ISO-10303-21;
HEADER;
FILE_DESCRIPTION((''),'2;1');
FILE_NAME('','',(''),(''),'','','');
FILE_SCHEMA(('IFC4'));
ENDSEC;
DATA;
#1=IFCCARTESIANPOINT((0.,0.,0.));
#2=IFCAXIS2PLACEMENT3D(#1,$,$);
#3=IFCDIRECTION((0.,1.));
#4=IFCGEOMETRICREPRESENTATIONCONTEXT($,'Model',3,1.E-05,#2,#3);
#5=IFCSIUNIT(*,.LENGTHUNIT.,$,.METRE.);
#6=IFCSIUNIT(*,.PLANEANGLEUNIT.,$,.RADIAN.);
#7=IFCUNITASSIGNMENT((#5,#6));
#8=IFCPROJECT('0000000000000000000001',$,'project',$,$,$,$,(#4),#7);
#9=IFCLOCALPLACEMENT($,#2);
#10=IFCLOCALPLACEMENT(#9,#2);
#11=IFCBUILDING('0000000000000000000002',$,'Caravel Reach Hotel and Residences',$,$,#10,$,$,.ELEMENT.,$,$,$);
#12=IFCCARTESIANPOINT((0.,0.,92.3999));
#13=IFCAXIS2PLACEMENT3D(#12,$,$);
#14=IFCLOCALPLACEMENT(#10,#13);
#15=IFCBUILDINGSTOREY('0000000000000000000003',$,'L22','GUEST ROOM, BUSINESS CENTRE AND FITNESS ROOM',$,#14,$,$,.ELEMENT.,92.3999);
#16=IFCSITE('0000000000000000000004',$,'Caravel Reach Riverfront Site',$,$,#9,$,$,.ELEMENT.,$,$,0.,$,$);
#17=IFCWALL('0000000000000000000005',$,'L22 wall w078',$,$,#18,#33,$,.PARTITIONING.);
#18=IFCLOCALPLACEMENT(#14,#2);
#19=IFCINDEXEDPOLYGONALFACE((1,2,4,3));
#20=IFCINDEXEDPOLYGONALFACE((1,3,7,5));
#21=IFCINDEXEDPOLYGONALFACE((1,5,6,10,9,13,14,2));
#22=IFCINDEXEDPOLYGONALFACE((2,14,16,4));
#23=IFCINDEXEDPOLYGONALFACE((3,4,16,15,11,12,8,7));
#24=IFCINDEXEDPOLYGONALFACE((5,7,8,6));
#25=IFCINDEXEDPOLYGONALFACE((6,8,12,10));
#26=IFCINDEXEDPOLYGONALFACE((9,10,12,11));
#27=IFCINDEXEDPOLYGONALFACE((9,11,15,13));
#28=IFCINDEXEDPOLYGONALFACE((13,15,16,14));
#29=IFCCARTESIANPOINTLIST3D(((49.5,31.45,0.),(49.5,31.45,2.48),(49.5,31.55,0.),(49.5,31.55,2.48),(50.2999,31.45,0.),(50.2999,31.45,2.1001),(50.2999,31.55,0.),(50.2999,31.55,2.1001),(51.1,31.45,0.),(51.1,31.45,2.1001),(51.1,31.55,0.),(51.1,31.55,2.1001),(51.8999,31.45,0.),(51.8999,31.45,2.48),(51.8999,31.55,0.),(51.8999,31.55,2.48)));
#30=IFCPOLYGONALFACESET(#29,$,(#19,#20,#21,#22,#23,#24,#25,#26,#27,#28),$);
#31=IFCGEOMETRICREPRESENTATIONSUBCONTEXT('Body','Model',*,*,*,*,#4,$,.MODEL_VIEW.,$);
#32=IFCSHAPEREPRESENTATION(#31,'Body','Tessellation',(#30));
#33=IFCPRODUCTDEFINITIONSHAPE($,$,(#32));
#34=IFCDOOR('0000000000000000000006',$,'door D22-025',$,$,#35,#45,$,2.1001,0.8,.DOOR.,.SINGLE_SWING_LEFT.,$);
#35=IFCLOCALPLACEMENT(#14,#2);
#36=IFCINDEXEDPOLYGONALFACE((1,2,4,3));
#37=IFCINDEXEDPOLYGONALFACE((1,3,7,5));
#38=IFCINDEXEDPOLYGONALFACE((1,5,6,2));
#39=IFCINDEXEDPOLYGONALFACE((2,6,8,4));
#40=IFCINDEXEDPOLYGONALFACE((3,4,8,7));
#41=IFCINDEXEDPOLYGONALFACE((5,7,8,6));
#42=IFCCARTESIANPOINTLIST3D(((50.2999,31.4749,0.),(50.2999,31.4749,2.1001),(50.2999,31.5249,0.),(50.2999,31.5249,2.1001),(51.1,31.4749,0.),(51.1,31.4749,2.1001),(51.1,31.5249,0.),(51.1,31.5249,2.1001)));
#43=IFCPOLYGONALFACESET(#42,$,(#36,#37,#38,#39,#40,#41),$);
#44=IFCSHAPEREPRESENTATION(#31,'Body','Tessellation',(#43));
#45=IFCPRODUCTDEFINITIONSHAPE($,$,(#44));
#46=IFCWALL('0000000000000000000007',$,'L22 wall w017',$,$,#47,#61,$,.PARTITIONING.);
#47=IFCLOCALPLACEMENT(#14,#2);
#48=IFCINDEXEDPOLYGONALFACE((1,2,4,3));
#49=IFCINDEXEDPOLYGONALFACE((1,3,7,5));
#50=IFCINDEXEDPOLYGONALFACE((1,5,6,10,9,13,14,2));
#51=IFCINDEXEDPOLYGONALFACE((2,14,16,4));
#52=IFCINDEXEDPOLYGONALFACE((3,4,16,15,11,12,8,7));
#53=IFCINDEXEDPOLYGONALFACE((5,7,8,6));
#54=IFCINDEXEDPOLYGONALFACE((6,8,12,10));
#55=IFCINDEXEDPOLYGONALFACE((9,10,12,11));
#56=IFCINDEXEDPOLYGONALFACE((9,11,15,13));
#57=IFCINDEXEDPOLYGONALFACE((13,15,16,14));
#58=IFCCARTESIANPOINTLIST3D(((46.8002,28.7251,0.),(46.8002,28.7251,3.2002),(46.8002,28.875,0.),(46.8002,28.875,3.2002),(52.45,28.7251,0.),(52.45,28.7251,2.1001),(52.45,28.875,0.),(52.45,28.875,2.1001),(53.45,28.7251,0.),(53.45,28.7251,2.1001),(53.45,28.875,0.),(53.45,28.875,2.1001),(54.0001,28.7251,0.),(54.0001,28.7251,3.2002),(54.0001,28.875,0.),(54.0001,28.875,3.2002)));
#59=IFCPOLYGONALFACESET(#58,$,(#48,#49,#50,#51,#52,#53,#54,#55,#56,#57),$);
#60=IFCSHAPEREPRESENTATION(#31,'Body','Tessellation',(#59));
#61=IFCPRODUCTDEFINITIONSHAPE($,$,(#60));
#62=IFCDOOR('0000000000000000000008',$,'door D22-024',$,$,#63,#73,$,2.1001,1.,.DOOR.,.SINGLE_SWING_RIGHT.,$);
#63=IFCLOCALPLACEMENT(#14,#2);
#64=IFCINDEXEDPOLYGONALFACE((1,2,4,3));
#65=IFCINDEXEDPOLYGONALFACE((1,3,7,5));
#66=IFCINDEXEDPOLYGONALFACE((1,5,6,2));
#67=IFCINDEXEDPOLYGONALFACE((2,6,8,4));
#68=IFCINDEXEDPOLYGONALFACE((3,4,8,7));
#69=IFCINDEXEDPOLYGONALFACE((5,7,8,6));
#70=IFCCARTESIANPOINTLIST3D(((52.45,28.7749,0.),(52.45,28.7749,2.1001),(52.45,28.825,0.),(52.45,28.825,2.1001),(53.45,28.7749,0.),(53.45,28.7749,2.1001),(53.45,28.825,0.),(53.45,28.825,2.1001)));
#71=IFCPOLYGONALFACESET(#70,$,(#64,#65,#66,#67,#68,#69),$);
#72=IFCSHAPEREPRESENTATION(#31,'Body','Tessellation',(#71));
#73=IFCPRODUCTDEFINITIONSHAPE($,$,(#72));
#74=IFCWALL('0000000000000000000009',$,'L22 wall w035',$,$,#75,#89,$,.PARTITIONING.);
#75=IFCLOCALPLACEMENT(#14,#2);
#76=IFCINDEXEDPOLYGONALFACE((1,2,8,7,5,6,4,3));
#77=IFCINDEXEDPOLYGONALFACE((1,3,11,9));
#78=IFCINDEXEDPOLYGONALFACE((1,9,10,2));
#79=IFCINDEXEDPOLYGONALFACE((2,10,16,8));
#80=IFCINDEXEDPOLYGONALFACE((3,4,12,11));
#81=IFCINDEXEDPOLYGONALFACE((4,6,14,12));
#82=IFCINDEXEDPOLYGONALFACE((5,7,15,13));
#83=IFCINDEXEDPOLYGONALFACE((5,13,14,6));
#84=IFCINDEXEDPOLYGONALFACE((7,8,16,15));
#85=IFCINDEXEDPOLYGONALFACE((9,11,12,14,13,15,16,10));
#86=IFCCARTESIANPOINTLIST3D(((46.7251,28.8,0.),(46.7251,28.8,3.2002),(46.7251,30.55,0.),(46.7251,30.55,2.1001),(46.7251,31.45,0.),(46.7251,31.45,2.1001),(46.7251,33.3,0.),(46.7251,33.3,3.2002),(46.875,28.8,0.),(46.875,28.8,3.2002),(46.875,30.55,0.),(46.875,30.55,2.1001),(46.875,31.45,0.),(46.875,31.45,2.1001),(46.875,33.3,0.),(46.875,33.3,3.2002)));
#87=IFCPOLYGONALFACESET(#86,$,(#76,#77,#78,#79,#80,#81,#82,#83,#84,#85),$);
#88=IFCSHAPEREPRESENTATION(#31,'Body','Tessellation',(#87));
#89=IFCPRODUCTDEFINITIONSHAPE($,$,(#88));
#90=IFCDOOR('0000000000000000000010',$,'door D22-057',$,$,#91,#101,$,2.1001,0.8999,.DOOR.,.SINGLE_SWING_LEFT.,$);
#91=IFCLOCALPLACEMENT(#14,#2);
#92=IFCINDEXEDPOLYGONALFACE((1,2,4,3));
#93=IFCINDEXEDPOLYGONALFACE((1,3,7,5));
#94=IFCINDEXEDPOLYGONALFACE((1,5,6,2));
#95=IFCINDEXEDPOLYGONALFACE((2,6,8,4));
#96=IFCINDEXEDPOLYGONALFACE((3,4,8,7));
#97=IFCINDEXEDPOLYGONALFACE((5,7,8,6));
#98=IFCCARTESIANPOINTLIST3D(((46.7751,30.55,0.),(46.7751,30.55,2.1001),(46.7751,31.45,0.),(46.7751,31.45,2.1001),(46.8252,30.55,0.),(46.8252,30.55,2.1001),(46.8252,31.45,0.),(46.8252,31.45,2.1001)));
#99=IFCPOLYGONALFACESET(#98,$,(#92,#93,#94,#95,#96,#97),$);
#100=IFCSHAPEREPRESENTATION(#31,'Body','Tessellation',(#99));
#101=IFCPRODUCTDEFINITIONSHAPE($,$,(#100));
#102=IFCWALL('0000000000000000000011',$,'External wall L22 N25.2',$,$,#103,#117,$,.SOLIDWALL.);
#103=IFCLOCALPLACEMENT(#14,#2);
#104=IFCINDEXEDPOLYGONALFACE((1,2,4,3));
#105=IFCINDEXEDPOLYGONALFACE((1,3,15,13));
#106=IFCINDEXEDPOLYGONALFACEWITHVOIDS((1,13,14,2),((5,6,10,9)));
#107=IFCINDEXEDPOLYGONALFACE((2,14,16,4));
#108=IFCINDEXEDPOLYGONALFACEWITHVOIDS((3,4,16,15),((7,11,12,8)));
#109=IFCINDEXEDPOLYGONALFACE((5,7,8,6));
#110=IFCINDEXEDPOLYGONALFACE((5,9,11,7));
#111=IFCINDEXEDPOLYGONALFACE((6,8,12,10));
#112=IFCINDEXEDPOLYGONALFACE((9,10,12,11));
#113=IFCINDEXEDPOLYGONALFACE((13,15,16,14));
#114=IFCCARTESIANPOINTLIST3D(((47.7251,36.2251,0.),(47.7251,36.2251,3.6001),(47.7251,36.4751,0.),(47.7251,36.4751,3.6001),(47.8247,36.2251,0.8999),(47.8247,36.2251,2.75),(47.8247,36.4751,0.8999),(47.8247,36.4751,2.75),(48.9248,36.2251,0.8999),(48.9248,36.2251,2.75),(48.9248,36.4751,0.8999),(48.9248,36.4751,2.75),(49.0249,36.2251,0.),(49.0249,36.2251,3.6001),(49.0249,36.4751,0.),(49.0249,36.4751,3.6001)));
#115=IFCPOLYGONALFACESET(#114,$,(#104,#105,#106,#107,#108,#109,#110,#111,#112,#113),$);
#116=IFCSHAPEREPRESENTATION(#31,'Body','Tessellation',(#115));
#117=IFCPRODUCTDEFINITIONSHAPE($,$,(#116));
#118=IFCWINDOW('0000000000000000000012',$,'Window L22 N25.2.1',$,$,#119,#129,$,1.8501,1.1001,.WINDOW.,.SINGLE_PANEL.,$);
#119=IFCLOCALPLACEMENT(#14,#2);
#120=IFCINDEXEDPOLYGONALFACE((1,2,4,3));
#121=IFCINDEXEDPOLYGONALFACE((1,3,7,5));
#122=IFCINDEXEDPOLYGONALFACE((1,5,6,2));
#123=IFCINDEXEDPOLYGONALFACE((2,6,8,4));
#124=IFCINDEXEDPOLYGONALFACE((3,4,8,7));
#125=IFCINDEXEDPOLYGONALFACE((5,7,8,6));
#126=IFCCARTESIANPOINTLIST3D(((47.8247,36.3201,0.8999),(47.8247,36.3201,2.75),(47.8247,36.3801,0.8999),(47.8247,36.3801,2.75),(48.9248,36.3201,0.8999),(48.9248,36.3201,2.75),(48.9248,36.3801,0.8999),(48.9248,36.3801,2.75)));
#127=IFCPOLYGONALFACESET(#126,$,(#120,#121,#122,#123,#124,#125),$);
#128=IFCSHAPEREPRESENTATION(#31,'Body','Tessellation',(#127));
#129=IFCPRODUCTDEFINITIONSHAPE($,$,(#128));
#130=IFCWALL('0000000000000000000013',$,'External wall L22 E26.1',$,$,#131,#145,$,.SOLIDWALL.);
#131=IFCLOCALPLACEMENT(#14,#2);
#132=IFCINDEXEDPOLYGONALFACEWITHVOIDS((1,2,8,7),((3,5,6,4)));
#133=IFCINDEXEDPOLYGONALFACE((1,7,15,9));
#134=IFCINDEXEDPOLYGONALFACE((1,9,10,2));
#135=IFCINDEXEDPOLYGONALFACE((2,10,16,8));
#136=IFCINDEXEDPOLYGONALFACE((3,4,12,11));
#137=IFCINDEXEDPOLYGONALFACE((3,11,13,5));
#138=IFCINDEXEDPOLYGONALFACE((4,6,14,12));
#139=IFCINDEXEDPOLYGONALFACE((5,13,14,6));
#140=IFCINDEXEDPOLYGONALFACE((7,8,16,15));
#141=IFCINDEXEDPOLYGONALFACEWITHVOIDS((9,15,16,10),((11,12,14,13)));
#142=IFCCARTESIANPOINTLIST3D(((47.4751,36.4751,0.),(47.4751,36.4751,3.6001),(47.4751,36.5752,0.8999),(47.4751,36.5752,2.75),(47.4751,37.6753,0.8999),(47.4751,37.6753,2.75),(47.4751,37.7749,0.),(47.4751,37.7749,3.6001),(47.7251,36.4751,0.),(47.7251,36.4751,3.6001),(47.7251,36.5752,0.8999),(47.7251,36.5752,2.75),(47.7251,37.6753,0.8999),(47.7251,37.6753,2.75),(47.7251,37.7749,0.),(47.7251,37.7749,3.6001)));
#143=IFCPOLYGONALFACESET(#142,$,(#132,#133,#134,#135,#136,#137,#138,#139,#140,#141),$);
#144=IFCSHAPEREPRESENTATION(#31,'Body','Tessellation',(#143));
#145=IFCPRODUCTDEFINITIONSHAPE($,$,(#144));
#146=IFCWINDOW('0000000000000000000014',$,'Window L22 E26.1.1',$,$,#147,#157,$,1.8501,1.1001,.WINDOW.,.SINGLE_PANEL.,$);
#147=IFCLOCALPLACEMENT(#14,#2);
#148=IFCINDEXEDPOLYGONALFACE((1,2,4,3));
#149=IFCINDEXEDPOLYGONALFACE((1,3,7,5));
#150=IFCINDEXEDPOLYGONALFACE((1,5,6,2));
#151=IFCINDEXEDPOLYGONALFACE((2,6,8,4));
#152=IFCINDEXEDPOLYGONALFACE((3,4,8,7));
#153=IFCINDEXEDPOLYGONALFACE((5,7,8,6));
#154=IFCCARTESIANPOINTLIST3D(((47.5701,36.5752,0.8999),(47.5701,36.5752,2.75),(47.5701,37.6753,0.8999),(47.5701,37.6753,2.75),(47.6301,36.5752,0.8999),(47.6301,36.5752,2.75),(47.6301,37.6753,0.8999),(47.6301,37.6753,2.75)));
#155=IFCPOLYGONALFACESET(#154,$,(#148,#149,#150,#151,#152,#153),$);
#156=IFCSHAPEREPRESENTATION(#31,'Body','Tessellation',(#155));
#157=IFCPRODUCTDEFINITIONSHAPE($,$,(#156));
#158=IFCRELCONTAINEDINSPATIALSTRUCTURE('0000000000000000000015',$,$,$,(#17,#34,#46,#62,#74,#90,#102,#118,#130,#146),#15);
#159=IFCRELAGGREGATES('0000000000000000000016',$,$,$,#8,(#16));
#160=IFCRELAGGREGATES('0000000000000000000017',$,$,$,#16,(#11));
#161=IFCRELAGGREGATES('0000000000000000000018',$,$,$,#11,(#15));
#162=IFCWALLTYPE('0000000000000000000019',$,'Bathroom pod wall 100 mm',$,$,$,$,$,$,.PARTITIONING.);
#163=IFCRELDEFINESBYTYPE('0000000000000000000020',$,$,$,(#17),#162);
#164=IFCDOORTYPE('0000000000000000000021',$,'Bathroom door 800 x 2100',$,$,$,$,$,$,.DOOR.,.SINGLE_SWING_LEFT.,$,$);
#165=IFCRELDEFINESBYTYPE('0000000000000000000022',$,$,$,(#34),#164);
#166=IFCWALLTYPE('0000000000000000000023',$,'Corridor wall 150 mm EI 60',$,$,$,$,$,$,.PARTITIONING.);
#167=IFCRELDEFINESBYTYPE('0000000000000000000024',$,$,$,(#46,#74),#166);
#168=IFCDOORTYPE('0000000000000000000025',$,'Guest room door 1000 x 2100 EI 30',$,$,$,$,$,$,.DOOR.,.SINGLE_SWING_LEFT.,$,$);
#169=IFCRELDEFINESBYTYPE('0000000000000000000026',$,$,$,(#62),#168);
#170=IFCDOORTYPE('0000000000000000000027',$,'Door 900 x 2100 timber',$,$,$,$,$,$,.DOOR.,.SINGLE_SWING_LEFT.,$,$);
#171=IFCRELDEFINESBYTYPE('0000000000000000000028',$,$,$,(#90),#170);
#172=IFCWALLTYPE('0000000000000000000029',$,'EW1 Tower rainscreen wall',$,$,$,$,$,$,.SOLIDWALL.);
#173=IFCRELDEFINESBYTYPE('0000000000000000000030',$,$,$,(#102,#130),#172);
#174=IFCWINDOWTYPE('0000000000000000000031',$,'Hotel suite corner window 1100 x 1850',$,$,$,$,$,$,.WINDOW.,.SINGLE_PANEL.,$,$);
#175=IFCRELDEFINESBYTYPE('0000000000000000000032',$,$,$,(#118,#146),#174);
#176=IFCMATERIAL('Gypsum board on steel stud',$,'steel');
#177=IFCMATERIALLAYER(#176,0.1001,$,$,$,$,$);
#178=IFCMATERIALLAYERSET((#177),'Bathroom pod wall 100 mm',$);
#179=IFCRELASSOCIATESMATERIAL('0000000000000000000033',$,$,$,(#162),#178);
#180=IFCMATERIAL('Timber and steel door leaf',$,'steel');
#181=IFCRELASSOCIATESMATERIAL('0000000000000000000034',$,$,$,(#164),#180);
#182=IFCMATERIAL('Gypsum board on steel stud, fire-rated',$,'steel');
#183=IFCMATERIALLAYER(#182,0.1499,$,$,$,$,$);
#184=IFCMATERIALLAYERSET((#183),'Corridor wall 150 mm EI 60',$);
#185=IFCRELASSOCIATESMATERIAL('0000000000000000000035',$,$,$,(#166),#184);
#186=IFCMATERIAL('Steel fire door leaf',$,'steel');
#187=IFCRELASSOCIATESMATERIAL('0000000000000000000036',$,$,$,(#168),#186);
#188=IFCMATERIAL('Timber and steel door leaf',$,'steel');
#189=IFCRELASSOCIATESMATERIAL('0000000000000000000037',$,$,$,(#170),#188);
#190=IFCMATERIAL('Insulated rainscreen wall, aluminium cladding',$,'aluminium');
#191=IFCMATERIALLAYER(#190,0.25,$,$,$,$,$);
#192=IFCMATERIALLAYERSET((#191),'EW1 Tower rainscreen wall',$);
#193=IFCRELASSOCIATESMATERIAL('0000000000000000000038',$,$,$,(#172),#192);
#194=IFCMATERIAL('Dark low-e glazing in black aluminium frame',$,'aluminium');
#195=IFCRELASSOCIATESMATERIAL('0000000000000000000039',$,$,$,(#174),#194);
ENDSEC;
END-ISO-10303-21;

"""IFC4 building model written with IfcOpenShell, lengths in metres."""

from ifc_helpers import new_model, si_unit, direction, frame, frame_2d, origin, place, context, subcontext, project, spatial, rectangle, extrude, material, layer, layer_set, type_object, element, fill, save


model = new_model("IFC4")

# Units and contexts
model_context = context("Model", 3, precision=1e-05, world=origin(), true_north=direction((0.0, 1.0)))
body_context = subcontext(model_context, "Body", "Model", "MODEL_VIEW")
ifc_project = project(units=[si_unit("LENGTHUNIT", "METRE"), si_unit("PLANEANGLEUNIT", "RADIAN")], contexts=[model_context])

# Site, building, storey
site_placement = place(None, origin())
site = spatial("IfcSite", under=ifc_project, at=site_placement, Name="Caravel Reach Riverfront Site", CompositionType="ELEMENT", RefElevation=0.0)
building_placement = place(site_placement, origin())
building = spatial("IfcBuilding", under=site, at=building_placement, Name="Caravel Reach Hotel and Residences", CompositionType="ELEMENT")
storey_placement = place(building_placement, frame((0.0, 0.0, 92.3999)))
storey = spatial("IfcBuildingStorey", under=building, at=storey_placement, Name="L22", Description="GUEST ROOM, BUSINESS CENTRE AND FITNESS ROOM", CompositionType="ELEMENT", Elevation=92.3999)

# Walls, openings, doors
ifc_material_1 = material(Name="Gypsum board on steel stud", Category="steel")
ifc_layer_1 = layer(ifc_material_1, 0.1001)
ifc_layer_set_1 = layer_set([ifc_layer_1], Name="Bathroom pod wall 100 mm")
wall_type_1 = type_object("IfcWallType", Name="Bathroom pod wall 100 mm", PredefinedType="PARTITIONING", material=ifc_layer_set_1)
wall_1_placement = place(storey_placement, frame((49.5, 31.5, 0.0), z_axis=(0.0, 0.0, 1.0), x_axis=(1.0, 0.0, 0.0)))
wall_1 = element("IfcWall", 1, at=wall_1_placement, inside=storey, type_object=wall_type_1, Name="L22 wall w078", PredefinedType="PARTITIONING", context=body_context, shape_type="SweptSolid", body=[
    extrude(rectangle(XDim=2.3999, YDim=0.1001, at=frame_2d((1.2, 0.0))), origin(), (0.0, 0.0, 1.0), 2.48),
])
opening_1_placement = place(wall_1_placement, frame((0.8, 0.0, 0.0)))
opening_1 = element("IfcOpeningElement", 2, at=opening_1_placement, cuts=wall_1, PredefinedType="OPENING", context=body_context, shape_type="SweptSolid", body=[
    extrude(rectangle(XDim=0.8, YDim=2.1001, at=frame_2d((0.3999, 1.05))), frame((0.0, 0.0601, 0.0), z_axis=(0.0, -1.0, 0.0), x_axis=(1.0, 0.0, 0.0)), (0.0, 0.0, 1.0), 0.1201),
])
ifc_material_2 = material(Name="Timber and steel door leaf", Category="steel")
door_type_1 = type_object("IfcDoorType", Name="Bathroom door 800 x 2100", OperationType="SINGLE_SWING_LEFT", PredefinedType="DOOR", material=ifc_material_2)
door_1_placement = place(opening_1_placement, origin())
door_1 = element("IfcDoor", 3, at=door_1_placement, inside=storey, type_object=door_type_1, Name="door D22-025", OperationType="SINGLE_SWING_LEFT", OverallHeight=2.1001, OverallWidth=0.8, PredefinedType="DOOR", context=body_context, shape_type="SweptSolid", body=[
    extrude(rectangle(XDim=0.8, YDim=2.1001, at=frame_2d((0.3999, 1.05))), frame((0.0, 0.0249, 0.0), z_axis=(0.0, -1.0, 0.0), x_axis=(1.0, 0.0, 0.0)), (0.0, 0.0, 1.0), 0.05),
])
fill(opening_1, door_1)
ifc_material_3 = material(Name="Gypsum board on steel stud, fire-rated", Category="steel")
ifc_layer_2 = layer(ifc_material_3, 0.1499)
ifc_layer_set_2 = layer_set([ifc_layer_2], Name="Corridor wall 150 mm EI 60")
wall_type_2 = type_object("IfcWallType", Name="Corridor wall 150 mm EI 60", PredefinedType="PARTITIONING", material=ifc_layer_set_2)
wall_2_placement = place(storey_placement, frame((46.8, 28.8, 0.0), z_axis=(0.0, 0.0, 1.0), x_axis=(1.0, 0.0, 0.0)))
wall_2 = element("IfcWall", 4, at=wall_2_placement, inside=storey, type_object=wall_type_2, Name="L22 wall w017", PredefinedType="PARTITIONING", context=body_context, shape_type="SweptSolid", body=[
    extrude(rectangle(XDim=7.2, YDim=0.1499, at=frame_2d((3.6001, 0.0))), origin(), (0.0, 0.0, 1.0), 3.2002),
])
opening_2_placement = place(wall_2_placement, frame((5.6499, 0.0, 0.0)))
opening_2 = element("IfcOpeningElement", 5, at=opening_2_placement, cuts=wall_2, PredefinedType="OPENING", context=body_context, shape_type="SweptSolid", body=[
    extrude(rectangle(XDim=1.0, YDim=2.1001, at=frame_2d((0.5, 1.05))), frame((0.0, 0.085, 0.0), z_axis=(0.0, -1.0, 0.0), x_axis=(1.0, 0.0, 0.0)), (0.0, 0.0, 1.0), 0.1699),
])
ifc_material_4 = material(Name="Steel fire door leaf", Category="steel")
door_type_2 = type_object("IfcDoorType", Name="Guest room door 1000 x 2100 EI 30", OperationType="SINGLE_SWING_LEFT", PredefinedType="DOOR", material=ifc_material_4)
door_2_placement = place(opening_2_placement, origin())
door_2 = element("IfcDoor", 6, at=door_2_placement, inside=storey, type_object=door_type_2, Name="door D22-024", OperationType="SINGLE_SWING_RIGHT", OverallHeight=2.1001, OverallWidth=1.0, PredefinedType="DOOR", context=body_context, shape_type="SweptSolid", body=[
    extrude(rectangle(XDim=1.0, YDim=2.1001, at=frame_2d((0.5, 1.05))), frame((0.0, 0.0249, 0.0), z_axis=(0.0, -1.0, 0.0), x_axis=(1.0, 0.0, 0.0)), (0.0, 0.0, 1.0), 0.05),
])
fill(opening_2, door_2)
wall_3_placement = place(storey_placement, frame((46.8, 28.8, 0.0), z_axis=(0.0, 0.0, 1.0), x_axis=(0.0, 1.0, 0.0)))
wall_3 = element("IfcWall", 7, at=wall_3_placement, inside=storey, type_object=wall_type_2, Name="L22 wall w035", PredefinedType="PARTITIONING", context=body_context, shape_type="SweptSolid", body=[
    extrude(rectangle(XDim=4.5, YDim=0.1499, at=frame_2d((2.25, 0.0))), origin(), (0.0, 0.0, 1.0), 3.2002),
])
opening_3_placement = place(wall_3_placement, frame((1.75, 0.0, 0.0)))
opening_3 = element("IfcOpeningElement", 8, at=opening_3_placement, cuts=wall_3, PredefinedType="OPENING", context=body_context, shape_type="SweptSolid", body=[
    extrude(rectangle(XDim=0.8999, YDim=2.1001, at=frame_2d((0.45, 1.05))), frame((0.0, 0.085, 0.0), z_axis=(0.0, -1.0, 0.0), x_axis=(1.0, 0.0, 0.0)), (0.0, 0.0, 1.0), 0.1699),
])
ifc_material_5 = material(Name="Timber and steel door leaf", Category="steel")
door_type_3 = type_object("IfcDoorType", Name="Door 900 x 2100 timber", OperationType="SINGLE_SWING_LEFT", PredefinedType="DOOR", material=ifc_material_5)
door_3_placement = place(opening_3_placement, origin())
door_3 = element("IfcDoor", 9, at=door_3_placement, inside=storey, type_object=door_type_3, Name="door D22-057", OperationType="SINGLE_SWING_LEFT", OverallHeight=2.1001, OverallWidth=0.8999, PredefinedType="DOOR", context=body_context, shape_type="SweptSolid", body=[
    extrude(rectangle(XDim=0.8999, YDim=2.1001, at=frame_2d((0.45, 1.05))), frame((0.0, 0.0249, 0.0), z_axis=(0.0, -1.0, 0.0), x_axis=(1.0, 0.0, 0.0)), (0.0, 0.0, 1.0), 0.05),
])
fill(opening_3, door_3)

# Walls, openings, windows
ifc_material_6 = material(Name="Insulated rainscreen wall, aluminium cladding", Category="aluminium")
ifc_layer_3 = layer(ifc_material_6, 0.25)
ifc_layer_set_3 = layer_set([ifc_layer_3], Name="EW1 Tower rainscreen wall")
wall_type_3 = type_object("IfcWallType", Name="EW1 Tower rainscreen wall", PredefinedType="SOLIDWALL", material=ifc_layer_set_3)
wall_4_placement = place(storey_placement, frame((49.0249, 36.3501, 0.0), z_axis=(0.0, 0.0, 1.0), x_axis=(-1.0, 0.0, 0.0)))
wall_4 = element("IfcWall", 10, at=wall_4_placement, inside=storey, type_object=wall_type_3, Name="External wall L22 N25.2", PredefinedType="SOLIDWALL", context=body_context, shape_type="SweptSolid", body=[
    extrude(rectangle(XDim=1.2998, YDim=0.25, at=frame_2d((0.6499, 0.0))), origin(), (0.0, 0.0, 1.0), 3.6001),
])
opening_4_placement = place(wall_4_placement, frame((0.1001, 0.0, 0.8999)))
opening_4 = element("IfcOpeningElement", 11, at=opening_4_placement, cuts=wall_4, PredefinedType="OPENING", context=body_context, shape_type="SweptSolid", body=[
    extrude(rectangle(XDim=1.1001, YDim=1.8501, at=frame_2d((0.55, 0.925))), frame((0.0, 0.135, 0.0), z_axis=(0.0, -1.0, 0.0), x_axis=(1.0, 0.0, 0.0)), (0.0, 0.0, 1.0), 0.27),
])
ifc_material_7 = material(Name="Dark low-e glazing in black aluminium frame", Category="aluminium")
window_type = type_object("IfcWindowType", Name="Hotel suite corner window 1100 x 1850", PartitioningType="SINGLE_PANEL", PredefinedType="WINDOW", material=ifc_material_7)
window_1_placement = place(opening_4_placement, origin())
window_1 = element("IfcWindow", 12, at=window_1_placement, inside=storey, type_object=window_type, Name="Window L22 N25.2.1", OverallHeight=1.8501, OverallWidth=1.1001, PartitioningType="SINGLE_PANEL", PredefinedType="WINDOW", context=body_context, shape_type="SweptSolid", body=[
    extrude(rectangle(XDim=1.1001, YDim=1.8501, at=frame_2d((0.55, 0.925))), frame((0.0, 0.03, 0.0), z_axis=(0.0, -1.0, 0.0), x_axis=(1.0, 0.0, 0.0)), (0.0, 0.0, 1.0), 0.0601),
])
fill(opening_4, window_1)
wall_5_placement = place(storey_placement, frame((47.6001, 36.4751, 0.0), z_axis=(0.0, 0.0, 1.0), x_axis=(0.0, 1.0, 0.0)))
wall_5 = element("IfcWall", 13, at=wall_5_placement, inside=storey, type_object=wall_type_3, Name="External wall L22 E26.1", PredefinedType="SOLIDWALL", context=body_context, shape_type="SweptSolid", body=[
    extrude(rectangle(XDim=1.2998, YDim=0.25, at=frame_2d((0.6499, 0.0))), origin(), (0.0, 0.0, 1.0), 3.6001),
])
opening_5_placement = place(wall_5_placement, frame((0.1001, 0.0, 0.8999)))
opening_5 = element("IfcOpeningElement", 14, at=opening_5_placement, cuts=wall_5, PredefinedType="OPENING", context=body_context, shape_type="SweptSolid", body=[
    extrude(rectangle(XDim=1.1001, YDim=1.8501, at=frame_2d((0.55, 0.925))), frame((0.0, 0.135, 0.0), z_axis=(0.0, -1.0, 0.0), x_axis=(1.0, 0.0, 0.0)), (0.0, 0.0, 1.0), 0.27),
])
window_2_placement = place(opening_5_placement, origin())
window_2 = element("IfcWindow", 15, at=window_2_placement, inside=storey, type_object=window_type, Name="Window L22 E26.1.1", OverallHeight=1.8501, OverallWidth=1.1001, PartitioningType="SINGLE_PANEL", PredefinedType="WINDOW", context=body_context, shape_type="SweptSolid", body=[
    extrude(rectangle(XDim=1.1001, YDim=1.8501, at=frame_2d((0.55, 0.925))), frame((0.0, 0.03, 0.0), z_axis=(0.0, -1.0, 0.0), x_axis=(1.0, 0.0, 0.0)), (0.0, 0.0, 1.0), 0.0601),
])
fill(opening_5, window_2)

save(model, "model.ifc")
